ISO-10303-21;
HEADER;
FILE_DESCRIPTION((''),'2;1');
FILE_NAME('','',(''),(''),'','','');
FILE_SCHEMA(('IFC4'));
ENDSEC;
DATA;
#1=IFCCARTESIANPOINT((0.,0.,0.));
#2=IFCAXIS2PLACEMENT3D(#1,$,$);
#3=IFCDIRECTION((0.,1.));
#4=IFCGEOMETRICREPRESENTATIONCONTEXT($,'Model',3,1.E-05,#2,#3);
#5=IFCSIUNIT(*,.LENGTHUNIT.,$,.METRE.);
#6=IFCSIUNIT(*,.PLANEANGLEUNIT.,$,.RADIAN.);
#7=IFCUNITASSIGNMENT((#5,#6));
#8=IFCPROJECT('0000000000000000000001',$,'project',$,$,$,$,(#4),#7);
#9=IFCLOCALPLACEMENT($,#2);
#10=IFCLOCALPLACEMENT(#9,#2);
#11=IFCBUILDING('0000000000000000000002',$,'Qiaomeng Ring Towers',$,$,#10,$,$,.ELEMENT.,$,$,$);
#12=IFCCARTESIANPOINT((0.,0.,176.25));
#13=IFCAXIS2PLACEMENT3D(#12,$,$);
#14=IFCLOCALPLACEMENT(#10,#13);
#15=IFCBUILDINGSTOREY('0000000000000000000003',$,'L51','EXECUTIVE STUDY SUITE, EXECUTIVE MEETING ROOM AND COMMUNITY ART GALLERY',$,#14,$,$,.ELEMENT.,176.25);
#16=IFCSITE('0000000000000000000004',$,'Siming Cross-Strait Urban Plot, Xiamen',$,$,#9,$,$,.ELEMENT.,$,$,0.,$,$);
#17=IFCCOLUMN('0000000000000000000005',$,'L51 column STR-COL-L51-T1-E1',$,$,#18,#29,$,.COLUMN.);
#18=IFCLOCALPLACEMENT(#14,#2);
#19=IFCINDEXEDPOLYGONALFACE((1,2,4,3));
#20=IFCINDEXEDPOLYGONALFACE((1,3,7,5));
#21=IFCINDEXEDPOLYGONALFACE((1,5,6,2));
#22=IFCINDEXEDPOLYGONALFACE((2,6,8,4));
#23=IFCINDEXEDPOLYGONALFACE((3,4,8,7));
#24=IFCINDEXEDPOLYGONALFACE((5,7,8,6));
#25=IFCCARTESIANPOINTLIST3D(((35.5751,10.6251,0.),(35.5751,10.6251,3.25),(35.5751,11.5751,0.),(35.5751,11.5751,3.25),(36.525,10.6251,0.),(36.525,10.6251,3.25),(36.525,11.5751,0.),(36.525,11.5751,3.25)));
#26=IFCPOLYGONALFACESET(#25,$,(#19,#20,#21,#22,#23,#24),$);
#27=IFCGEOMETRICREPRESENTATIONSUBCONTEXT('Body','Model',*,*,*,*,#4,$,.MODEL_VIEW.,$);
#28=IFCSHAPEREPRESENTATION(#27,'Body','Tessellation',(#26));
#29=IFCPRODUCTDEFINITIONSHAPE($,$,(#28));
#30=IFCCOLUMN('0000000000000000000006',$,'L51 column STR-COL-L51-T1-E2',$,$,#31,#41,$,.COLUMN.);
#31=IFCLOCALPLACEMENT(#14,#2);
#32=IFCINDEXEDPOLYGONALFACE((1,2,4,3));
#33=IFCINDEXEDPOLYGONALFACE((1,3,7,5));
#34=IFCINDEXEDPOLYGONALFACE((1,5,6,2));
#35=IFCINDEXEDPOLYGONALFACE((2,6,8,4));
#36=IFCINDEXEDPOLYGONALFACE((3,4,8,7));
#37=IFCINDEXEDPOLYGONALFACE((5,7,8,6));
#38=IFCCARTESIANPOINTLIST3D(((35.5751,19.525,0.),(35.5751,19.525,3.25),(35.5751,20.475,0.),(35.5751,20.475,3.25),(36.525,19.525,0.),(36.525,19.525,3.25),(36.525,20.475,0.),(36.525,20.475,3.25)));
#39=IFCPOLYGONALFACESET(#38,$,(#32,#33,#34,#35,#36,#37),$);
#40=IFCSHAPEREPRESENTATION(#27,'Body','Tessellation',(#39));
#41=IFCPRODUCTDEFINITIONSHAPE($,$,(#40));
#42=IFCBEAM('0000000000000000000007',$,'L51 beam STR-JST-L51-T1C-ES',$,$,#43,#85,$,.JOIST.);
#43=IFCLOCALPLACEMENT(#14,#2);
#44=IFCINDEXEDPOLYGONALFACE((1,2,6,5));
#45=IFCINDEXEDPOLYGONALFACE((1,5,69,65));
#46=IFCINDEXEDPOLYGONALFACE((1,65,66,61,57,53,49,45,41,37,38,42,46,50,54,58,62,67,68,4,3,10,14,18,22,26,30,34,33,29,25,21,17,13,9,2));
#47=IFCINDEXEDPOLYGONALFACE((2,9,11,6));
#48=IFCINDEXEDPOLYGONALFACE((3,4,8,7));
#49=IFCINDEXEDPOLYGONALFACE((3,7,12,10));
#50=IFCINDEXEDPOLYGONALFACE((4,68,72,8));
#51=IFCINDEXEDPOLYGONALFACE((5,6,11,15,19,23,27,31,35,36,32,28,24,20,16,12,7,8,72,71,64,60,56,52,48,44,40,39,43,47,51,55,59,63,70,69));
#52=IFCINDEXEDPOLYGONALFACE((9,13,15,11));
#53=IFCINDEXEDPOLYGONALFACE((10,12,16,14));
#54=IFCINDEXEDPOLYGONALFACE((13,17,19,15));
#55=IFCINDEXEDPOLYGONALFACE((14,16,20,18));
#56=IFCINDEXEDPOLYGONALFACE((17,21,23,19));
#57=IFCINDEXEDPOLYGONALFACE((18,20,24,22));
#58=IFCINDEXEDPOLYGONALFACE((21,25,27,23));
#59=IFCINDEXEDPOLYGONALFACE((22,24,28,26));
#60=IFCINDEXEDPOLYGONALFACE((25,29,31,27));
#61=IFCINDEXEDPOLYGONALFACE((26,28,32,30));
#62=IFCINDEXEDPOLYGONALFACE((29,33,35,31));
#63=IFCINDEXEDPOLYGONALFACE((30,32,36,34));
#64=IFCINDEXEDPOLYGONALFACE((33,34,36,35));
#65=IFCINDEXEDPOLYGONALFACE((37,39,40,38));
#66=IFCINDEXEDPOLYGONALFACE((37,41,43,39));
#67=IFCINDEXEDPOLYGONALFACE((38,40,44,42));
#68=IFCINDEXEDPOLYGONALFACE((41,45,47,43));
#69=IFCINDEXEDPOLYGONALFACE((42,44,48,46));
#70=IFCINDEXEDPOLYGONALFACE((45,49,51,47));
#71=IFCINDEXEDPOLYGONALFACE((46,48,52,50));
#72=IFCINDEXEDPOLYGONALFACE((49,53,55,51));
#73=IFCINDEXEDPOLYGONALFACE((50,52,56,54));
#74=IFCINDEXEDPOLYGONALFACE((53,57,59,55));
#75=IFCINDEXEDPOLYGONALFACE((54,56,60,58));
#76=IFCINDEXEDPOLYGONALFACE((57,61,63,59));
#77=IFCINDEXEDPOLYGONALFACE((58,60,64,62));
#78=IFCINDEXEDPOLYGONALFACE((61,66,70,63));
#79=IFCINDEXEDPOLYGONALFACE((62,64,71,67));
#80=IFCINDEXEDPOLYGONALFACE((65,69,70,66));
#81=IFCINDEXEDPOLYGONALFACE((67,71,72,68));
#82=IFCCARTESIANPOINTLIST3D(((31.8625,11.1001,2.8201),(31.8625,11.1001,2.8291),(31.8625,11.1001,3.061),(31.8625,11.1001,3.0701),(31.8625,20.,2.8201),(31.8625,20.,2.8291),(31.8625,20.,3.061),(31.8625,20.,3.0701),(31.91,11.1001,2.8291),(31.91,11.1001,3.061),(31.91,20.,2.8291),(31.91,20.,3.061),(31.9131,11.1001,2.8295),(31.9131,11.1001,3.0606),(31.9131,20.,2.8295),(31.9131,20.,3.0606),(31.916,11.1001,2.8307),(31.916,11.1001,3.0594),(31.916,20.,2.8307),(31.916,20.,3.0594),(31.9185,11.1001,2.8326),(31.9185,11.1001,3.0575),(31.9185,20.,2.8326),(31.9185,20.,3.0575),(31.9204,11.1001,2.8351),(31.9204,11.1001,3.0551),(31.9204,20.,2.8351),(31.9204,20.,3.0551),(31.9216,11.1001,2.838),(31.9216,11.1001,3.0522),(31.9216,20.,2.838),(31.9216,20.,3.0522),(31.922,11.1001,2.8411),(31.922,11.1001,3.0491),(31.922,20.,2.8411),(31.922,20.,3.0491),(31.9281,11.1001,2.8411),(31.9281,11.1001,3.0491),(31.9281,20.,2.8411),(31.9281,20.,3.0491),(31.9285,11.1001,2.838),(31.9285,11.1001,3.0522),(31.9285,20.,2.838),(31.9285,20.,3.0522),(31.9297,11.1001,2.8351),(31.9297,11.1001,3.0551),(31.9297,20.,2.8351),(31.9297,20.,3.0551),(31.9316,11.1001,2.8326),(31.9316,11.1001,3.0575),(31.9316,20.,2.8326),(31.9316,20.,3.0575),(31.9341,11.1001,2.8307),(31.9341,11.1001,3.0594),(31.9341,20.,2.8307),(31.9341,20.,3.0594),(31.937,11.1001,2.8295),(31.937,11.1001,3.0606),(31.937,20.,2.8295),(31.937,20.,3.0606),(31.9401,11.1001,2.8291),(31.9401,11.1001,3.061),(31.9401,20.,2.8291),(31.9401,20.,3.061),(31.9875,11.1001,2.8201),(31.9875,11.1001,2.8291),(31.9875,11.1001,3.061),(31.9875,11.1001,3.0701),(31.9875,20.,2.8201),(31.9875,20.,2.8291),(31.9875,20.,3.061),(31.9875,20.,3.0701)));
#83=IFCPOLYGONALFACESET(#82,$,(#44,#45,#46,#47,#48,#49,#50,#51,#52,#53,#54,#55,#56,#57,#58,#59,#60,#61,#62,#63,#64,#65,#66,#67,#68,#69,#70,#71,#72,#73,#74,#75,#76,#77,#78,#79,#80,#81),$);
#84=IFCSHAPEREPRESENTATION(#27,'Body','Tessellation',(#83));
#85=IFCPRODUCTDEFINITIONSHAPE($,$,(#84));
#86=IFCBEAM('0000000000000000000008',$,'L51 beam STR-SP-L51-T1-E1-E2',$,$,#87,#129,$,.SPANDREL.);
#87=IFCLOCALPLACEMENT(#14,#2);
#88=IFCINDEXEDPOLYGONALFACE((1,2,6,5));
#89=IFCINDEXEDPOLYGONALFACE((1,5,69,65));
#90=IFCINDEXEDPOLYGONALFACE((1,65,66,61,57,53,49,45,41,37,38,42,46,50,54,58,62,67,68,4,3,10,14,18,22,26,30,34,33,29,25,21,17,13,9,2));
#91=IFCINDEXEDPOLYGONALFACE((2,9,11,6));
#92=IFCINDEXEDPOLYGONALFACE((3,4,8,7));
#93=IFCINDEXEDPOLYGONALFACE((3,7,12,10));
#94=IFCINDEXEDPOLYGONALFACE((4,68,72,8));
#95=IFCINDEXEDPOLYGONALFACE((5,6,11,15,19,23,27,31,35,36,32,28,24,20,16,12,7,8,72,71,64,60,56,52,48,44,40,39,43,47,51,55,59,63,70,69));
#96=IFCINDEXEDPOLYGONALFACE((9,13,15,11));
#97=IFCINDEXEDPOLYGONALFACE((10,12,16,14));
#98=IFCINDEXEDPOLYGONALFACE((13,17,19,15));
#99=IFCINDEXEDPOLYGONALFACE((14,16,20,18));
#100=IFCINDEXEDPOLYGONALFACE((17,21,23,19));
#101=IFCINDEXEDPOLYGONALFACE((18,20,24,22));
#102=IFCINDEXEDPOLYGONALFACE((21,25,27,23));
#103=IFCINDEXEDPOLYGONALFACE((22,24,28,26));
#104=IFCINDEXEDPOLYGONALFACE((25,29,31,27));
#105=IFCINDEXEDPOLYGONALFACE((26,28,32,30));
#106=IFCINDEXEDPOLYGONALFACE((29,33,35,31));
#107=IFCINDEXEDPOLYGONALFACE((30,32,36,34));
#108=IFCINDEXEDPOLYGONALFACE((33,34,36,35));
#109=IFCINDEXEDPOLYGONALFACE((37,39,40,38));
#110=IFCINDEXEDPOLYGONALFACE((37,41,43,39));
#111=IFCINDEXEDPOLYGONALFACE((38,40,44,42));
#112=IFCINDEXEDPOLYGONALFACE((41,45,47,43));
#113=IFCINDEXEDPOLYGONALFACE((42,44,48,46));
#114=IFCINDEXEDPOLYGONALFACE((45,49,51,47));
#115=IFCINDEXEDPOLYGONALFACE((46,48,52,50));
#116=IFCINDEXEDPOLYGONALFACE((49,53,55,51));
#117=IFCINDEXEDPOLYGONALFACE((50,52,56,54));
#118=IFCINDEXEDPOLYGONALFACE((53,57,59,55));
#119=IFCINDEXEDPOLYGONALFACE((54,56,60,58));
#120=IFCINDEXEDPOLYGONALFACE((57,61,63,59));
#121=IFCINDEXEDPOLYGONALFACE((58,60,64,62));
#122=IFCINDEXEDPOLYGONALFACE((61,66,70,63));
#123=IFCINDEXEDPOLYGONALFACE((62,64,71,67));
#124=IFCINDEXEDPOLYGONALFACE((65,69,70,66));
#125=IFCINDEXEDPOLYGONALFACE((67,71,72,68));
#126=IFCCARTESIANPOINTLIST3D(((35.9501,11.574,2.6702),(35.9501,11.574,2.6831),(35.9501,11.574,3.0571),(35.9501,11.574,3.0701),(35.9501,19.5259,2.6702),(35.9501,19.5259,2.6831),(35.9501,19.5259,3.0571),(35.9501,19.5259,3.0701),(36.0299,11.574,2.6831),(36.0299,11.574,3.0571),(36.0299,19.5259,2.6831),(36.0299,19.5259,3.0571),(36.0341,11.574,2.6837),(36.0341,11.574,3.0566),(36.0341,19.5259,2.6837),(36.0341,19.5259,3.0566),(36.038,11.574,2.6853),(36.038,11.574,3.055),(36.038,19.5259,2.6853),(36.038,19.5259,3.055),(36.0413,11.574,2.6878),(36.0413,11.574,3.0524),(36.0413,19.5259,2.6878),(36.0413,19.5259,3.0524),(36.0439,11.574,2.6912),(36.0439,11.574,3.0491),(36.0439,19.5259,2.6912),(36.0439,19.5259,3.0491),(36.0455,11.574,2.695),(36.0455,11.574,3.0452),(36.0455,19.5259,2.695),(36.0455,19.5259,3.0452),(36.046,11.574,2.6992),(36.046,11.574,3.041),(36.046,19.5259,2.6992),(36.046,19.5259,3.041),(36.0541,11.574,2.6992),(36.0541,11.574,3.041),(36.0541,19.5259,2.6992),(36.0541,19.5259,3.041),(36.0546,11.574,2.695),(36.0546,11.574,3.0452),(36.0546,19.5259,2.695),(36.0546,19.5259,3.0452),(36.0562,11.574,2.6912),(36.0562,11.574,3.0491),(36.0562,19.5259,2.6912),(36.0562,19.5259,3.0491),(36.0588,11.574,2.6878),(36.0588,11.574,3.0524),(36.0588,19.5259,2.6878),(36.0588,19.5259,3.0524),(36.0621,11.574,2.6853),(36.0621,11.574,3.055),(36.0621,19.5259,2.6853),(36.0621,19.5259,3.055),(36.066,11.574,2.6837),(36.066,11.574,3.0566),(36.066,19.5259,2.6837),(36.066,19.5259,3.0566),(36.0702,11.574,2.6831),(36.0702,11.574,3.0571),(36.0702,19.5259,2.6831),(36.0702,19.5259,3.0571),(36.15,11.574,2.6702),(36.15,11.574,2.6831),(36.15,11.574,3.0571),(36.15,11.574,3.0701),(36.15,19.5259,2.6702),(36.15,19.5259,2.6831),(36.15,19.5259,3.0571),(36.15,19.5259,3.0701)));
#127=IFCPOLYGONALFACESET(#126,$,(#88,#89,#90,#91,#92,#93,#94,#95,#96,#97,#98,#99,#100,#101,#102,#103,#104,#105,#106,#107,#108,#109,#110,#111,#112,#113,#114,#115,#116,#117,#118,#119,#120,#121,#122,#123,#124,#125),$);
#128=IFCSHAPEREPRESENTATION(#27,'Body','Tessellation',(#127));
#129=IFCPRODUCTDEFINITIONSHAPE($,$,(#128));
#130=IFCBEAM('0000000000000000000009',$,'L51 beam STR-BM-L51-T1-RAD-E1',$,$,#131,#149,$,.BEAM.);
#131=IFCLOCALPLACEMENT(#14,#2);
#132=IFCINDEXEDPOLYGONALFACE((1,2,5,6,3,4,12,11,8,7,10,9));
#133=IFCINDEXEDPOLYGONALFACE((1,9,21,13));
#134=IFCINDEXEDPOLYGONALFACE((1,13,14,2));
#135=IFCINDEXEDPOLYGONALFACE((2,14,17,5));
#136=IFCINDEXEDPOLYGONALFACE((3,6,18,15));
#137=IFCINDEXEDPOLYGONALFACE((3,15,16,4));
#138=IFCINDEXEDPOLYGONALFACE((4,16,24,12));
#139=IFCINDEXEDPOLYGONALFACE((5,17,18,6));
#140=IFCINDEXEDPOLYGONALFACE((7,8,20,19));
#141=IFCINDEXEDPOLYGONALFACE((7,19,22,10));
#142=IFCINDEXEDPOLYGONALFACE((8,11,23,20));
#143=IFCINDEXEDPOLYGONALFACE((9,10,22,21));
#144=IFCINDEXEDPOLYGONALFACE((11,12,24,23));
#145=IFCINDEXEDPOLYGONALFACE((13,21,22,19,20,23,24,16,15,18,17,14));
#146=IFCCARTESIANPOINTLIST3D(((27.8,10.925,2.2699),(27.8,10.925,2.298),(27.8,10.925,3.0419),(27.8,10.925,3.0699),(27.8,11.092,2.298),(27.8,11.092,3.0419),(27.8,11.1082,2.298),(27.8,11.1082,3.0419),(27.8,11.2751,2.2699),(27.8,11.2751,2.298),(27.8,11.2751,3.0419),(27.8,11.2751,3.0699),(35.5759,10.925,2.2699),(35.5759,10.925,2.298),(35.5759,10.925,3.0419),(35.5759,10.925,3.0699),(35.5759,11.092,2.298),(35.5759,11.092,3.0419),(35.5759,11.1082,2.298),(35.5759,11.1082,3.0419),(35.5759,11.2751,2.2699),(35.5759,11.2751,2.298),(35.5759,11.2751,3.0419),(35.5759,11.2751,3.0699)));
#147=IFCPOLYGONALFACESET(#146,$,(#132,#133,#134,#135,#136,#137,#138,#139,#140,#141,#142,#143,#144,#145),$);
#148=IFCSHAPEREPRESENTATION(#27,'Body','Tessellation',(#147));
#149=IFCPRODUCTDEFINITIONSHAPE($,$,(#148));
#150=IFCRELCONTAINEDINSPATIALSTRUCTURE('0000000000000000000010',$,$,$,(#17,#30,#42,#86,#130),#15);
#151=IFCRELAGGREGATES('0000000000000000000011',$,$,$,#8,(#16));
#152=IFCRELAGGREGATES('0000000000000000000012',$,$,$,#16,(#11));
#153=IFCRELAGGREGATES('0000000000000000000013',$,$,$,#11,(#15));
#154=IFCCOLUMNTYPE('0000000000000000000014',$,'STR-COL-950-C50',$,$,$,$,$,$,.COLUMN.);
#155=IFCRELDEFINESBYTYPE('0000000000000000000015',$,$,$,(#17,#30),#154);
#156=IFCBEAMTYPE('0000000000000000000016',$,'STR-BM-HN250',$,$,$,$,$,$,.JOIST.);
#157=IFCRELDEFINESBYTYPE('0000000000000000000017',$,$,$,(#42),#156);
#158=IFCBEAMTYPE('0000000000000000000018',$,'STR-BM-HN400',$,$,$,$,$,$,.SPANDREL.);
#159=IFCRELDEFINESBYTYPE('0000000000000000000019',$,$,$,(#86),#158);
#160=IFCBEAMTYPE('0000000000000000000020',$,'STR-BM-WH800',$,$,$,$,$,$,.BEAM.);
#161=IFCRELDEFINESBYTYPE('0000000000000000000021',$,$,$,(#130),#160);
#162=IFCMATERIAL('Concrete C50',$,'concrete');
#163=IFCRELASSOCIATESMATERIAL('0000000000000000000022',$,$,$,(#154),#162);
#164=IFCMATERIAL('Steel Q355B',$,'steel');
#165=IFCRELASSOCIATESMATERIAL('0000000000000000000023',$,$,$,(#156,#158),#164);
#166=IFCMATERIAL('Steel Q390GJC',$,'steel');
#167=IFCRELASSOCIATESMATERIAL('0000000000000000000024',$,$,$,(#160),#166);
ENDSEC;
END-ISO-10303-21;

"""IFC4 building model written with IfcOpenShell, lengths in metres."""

from ifc_helpers import new_model, si_unit, direction, frame, origin, origin_2d, place, context, subcontext, project, spatial, rectangle, i_section, extrude, source, transform, mapped, material, material_profile, profile_set, type_object, element, save


model = new_model("IFC4")

# Units and contexts
model_context = context("Model", 3, precision=1e-05, world=origin(), true_north=direction((0.0, 1.0)))
body_context = subcontext(model_context, "Body", "Model", "MODEL_VIEW")
ifc_project = project(units=[si_unit("LENGTHUNIT", "METRE"), si_unit("PLANEANGLEUNIT", "RADIAN")], contexts=[model_context])

# Site, building, storey
site_placement = place(None, origin())
site = spatial("IfcSite", under=ifc_project, at=site_placement, Name="Siming Cross-Strait Urban Plot, Xiamen", CompositionType="ELEMENT", RefElevation=0.0)
building_placement = place(site_placement, origin())
building = spatial("IfcBuilding", under=site, at=building_placement, Name="Qiaomeng Ring Towers", CompositionType="ELEMENT")
storey_placement = place(building_placement, frame((0.0, 0.0, 176.25)))
storey = spatial("IfcBuildingStorey", under=building, at=storey_placement, Name="L51", Description="EXECUTIVE STUDY SUITE, EXECUTIVE MEETING ROOM AND COMMUNITY ART GALLERY", CompositionType="ELEMENT", Elevation=176.25)

# Columns
ifc_material_1 = material(Name="Concrete C50", Category="concrete")
ifc_material_profile_1 = material_profile(ifc_material_1, rectangle(XDim=0.95, YDim=0.95, at=origin_2d()), Name="RC COL 950x950")
ifc_profile_set_1 = profile_set([ifc_material_profile_1], Name="Concrete C50")
column_type = type_object("IfcColumnType", Name="STR-COL-950-C50", PredefinedType="COLUMN", material=ifc_profile_set_1)
shared_shape_1 = source(origin(), body_context, "Body", "SweptSolid", [
    extrude(rectangle(XDim=0.95, YDim=0.95, at=origin_2d()), origin(), (0.0, 0.0, 1.0), 3.25),
])
for number, where, z_axis, x_axis, name in (
    (1, (36.05, 11.1001, 0.0), (0.0, 0.0, 1.0), (1.0, 0.0, 0.0), "L51 column STR-COL-L51-T1-E1"),
    (2, (36.05, 20.0, 0.0), (0.0, 0.0, 1.0), (1.0, 0.0, 0.0), "L51 column STR-COL-L51-T1-E2"),
):
    element("IfcColumn", number, at=place(storey_placement, frame(where, z_axis=z_axis, x_axis=x_axis)), inside=storey, type_object=column_type, Name=name, PredefinedType="COLUMN", context=body_context, shape_type="MappedRepresentation", body=[
        mapped(shared_shape_1, transform((0.0, 0.0, 0.0), x_axis=(1.0, 0.0, 0.0), y_axis=(0.0, 1.0, 0.0), z_axis=(0.0, 0.0, 1.0), scale=1.0)),
    ])

# Beams
ifc_material_2 = material(Name="Steel Q355B", Category="steel")
ifc_material_profile_2 = material_profile(ifc_material_2, i_section(OverallWidth=0.125, OverallDepth=0.25, WebThickness=0.0061, FlangeThickness=0.009, FilletRadius=0.012, at=origin_2d()), Name="HN 250x125x6x9")
ifc_profile_set_2 = profile_set([ifc_material_profile_2], Name="Steel Q355B")
beam_type_1 = type_object("IfcBeamType", Name="STR-BM-HN250", PredefinedType="JOIST", material=ifc_profile_set_2)
shared_shape_2 = source(origin(), body_context, "Body", "SweptSolid", [
    extrude(i_section(OverallWidth=0.125, OverallDepth=0.25, WebThickness=0.0061, FlangeThickness=0.009, FilletRadius=0.012, at=origin_2d()), origin(), (0.0, 0.0, 1.0), 8.8999),
])
beam_1_placement = place(storey_placement, frame((31.925, 11.1001, 2.9451), z_axis=(0.0, 1.0, 0.0), x_axis=(-1.0, 0.0, 0.0)))
element("IfcBeam", 3, at=beam_1_placement, inside=storey, type_object=beam_type_1, Name="L51 beam STR-JST-L51-T1C-ES", PredefinedType="JOIST", context=body_context, shape_type="MappedRepresentation", body=[
    mapped(shared_shape_2, transform((0.0, 0.0, 0.0), x_axis=(1.0, 0.0, 0.0), y_axis=(0.0, 1.0, 0.0), z_axis=(0.0, 0.0, 1.0), scale=1.0)),
])
ifc_material_profile_3 = material_profile(ifc_material_2, i_section(OverallWidth=0.2, OverallDepth=0.3999, WebThickness=0.0081, FlangeThickness=0.0129, FilletRadius=0.0161, at=origin_2d()), Name="HN 400x200x8x13")
ifc_profile_set_3 = profile_set([ifc_material_profile_3], Name="Steel Q355B")
beam_type_2 = type_object("IfcBeamType", Name="STR-BM-HN400", PredefinedType="SPANDREL", material=ifc_profile_set_3)
shared_shape_3 = source(origin(), body_context, "Body", "SweptSolid", [
    extrude(i_section(OverallWidth=0.2, OverallDepth=0.3999, WebThickness=0.0081, FlangeThickness=0.0129, FilletRadius=0.0161, at=origin_2d()), origin(), (0.0, 0.0, 1.0), 7.9519),
])
beam_2_placement = place(storey_placement, frame((36.05, 11.574, 2.8701), z_axis=(0.0, 1.0, 0.0), x_axis=(-1.0, 0.0, 0.0)))
element("IfcBeam", 4, at=beam_2_placement, inside=storey, type_object=beam_type_2, Name="L51 beam STR-SP-L51-T1-E1-E2", PredefinedType="SPANDREL", context=body_context, shape_type="MappedRepresentation", body=[
    mapped(shared_shape_3, transform((0.0, 0.0, 0.0), x_axis=(1.0, 0.0, 0.0), y_axis=(0.0, 1.0, 0.0), z_axis=(0.0, 0.0, 1.0), scale=1.0)),
])
ifc_material_3 = material(Name="Steel Q390GJC", Category="steel")
ifc_material_profile_4 = material_profile(ifc_material_3, i_section(OverallWidth=0.3501, OverallDepth=0.8, WebThickness=0.0161, FlangeThickness=0.0281, at=origin_2d()), Name="WH 800x350x16x28")
ifc_profile_set_4 = profile_set([ifc_material_profile_4], Name="Steel Q390GJC")
beam_type_3 = type_object("IfcBeamType", Name="STR-BM-WH800", PredefinedType="BEAM", material=ifc_profile_set_4)
shared_shape_4 = source(origin(), body_context, "Body", "SweptSolid", [
    extrude(i_section(OverallWidth=0.3501, OverallDepth=0.8, WebThickness=0.0161, FlangeThickness=0.0281, at=origin_2d()), origin(), (0.0, 0.0, 1.0), 7.7759),
])
beam_3_placement = place(storey_placement, frame((27.8, 11.1001, 2.6699), z_axis=(1.0, 0.0, 0.0), x_axis=(0.0, 1.0, 0.0)))
element("IfcBeam", 5, at=beam_3_placement, inside=storey, type_object=beam_type_3, Name="L51 beam STR-BM-L51-T1-RAD-E1", PredefinedType="BEAM", context=body_context, shape_type="MappedRepresentation", body=[
    mapped(shared_shape_4, transform((0.0, 0.0, 0.0), x_axis=(1.0, 0.0, 0.0), y_axis=(0.0, 1.0, 0.0), z_axis=(0.0, 0.0, 1.0), scale=1.0)),
])

save(model, "model.ifc")
